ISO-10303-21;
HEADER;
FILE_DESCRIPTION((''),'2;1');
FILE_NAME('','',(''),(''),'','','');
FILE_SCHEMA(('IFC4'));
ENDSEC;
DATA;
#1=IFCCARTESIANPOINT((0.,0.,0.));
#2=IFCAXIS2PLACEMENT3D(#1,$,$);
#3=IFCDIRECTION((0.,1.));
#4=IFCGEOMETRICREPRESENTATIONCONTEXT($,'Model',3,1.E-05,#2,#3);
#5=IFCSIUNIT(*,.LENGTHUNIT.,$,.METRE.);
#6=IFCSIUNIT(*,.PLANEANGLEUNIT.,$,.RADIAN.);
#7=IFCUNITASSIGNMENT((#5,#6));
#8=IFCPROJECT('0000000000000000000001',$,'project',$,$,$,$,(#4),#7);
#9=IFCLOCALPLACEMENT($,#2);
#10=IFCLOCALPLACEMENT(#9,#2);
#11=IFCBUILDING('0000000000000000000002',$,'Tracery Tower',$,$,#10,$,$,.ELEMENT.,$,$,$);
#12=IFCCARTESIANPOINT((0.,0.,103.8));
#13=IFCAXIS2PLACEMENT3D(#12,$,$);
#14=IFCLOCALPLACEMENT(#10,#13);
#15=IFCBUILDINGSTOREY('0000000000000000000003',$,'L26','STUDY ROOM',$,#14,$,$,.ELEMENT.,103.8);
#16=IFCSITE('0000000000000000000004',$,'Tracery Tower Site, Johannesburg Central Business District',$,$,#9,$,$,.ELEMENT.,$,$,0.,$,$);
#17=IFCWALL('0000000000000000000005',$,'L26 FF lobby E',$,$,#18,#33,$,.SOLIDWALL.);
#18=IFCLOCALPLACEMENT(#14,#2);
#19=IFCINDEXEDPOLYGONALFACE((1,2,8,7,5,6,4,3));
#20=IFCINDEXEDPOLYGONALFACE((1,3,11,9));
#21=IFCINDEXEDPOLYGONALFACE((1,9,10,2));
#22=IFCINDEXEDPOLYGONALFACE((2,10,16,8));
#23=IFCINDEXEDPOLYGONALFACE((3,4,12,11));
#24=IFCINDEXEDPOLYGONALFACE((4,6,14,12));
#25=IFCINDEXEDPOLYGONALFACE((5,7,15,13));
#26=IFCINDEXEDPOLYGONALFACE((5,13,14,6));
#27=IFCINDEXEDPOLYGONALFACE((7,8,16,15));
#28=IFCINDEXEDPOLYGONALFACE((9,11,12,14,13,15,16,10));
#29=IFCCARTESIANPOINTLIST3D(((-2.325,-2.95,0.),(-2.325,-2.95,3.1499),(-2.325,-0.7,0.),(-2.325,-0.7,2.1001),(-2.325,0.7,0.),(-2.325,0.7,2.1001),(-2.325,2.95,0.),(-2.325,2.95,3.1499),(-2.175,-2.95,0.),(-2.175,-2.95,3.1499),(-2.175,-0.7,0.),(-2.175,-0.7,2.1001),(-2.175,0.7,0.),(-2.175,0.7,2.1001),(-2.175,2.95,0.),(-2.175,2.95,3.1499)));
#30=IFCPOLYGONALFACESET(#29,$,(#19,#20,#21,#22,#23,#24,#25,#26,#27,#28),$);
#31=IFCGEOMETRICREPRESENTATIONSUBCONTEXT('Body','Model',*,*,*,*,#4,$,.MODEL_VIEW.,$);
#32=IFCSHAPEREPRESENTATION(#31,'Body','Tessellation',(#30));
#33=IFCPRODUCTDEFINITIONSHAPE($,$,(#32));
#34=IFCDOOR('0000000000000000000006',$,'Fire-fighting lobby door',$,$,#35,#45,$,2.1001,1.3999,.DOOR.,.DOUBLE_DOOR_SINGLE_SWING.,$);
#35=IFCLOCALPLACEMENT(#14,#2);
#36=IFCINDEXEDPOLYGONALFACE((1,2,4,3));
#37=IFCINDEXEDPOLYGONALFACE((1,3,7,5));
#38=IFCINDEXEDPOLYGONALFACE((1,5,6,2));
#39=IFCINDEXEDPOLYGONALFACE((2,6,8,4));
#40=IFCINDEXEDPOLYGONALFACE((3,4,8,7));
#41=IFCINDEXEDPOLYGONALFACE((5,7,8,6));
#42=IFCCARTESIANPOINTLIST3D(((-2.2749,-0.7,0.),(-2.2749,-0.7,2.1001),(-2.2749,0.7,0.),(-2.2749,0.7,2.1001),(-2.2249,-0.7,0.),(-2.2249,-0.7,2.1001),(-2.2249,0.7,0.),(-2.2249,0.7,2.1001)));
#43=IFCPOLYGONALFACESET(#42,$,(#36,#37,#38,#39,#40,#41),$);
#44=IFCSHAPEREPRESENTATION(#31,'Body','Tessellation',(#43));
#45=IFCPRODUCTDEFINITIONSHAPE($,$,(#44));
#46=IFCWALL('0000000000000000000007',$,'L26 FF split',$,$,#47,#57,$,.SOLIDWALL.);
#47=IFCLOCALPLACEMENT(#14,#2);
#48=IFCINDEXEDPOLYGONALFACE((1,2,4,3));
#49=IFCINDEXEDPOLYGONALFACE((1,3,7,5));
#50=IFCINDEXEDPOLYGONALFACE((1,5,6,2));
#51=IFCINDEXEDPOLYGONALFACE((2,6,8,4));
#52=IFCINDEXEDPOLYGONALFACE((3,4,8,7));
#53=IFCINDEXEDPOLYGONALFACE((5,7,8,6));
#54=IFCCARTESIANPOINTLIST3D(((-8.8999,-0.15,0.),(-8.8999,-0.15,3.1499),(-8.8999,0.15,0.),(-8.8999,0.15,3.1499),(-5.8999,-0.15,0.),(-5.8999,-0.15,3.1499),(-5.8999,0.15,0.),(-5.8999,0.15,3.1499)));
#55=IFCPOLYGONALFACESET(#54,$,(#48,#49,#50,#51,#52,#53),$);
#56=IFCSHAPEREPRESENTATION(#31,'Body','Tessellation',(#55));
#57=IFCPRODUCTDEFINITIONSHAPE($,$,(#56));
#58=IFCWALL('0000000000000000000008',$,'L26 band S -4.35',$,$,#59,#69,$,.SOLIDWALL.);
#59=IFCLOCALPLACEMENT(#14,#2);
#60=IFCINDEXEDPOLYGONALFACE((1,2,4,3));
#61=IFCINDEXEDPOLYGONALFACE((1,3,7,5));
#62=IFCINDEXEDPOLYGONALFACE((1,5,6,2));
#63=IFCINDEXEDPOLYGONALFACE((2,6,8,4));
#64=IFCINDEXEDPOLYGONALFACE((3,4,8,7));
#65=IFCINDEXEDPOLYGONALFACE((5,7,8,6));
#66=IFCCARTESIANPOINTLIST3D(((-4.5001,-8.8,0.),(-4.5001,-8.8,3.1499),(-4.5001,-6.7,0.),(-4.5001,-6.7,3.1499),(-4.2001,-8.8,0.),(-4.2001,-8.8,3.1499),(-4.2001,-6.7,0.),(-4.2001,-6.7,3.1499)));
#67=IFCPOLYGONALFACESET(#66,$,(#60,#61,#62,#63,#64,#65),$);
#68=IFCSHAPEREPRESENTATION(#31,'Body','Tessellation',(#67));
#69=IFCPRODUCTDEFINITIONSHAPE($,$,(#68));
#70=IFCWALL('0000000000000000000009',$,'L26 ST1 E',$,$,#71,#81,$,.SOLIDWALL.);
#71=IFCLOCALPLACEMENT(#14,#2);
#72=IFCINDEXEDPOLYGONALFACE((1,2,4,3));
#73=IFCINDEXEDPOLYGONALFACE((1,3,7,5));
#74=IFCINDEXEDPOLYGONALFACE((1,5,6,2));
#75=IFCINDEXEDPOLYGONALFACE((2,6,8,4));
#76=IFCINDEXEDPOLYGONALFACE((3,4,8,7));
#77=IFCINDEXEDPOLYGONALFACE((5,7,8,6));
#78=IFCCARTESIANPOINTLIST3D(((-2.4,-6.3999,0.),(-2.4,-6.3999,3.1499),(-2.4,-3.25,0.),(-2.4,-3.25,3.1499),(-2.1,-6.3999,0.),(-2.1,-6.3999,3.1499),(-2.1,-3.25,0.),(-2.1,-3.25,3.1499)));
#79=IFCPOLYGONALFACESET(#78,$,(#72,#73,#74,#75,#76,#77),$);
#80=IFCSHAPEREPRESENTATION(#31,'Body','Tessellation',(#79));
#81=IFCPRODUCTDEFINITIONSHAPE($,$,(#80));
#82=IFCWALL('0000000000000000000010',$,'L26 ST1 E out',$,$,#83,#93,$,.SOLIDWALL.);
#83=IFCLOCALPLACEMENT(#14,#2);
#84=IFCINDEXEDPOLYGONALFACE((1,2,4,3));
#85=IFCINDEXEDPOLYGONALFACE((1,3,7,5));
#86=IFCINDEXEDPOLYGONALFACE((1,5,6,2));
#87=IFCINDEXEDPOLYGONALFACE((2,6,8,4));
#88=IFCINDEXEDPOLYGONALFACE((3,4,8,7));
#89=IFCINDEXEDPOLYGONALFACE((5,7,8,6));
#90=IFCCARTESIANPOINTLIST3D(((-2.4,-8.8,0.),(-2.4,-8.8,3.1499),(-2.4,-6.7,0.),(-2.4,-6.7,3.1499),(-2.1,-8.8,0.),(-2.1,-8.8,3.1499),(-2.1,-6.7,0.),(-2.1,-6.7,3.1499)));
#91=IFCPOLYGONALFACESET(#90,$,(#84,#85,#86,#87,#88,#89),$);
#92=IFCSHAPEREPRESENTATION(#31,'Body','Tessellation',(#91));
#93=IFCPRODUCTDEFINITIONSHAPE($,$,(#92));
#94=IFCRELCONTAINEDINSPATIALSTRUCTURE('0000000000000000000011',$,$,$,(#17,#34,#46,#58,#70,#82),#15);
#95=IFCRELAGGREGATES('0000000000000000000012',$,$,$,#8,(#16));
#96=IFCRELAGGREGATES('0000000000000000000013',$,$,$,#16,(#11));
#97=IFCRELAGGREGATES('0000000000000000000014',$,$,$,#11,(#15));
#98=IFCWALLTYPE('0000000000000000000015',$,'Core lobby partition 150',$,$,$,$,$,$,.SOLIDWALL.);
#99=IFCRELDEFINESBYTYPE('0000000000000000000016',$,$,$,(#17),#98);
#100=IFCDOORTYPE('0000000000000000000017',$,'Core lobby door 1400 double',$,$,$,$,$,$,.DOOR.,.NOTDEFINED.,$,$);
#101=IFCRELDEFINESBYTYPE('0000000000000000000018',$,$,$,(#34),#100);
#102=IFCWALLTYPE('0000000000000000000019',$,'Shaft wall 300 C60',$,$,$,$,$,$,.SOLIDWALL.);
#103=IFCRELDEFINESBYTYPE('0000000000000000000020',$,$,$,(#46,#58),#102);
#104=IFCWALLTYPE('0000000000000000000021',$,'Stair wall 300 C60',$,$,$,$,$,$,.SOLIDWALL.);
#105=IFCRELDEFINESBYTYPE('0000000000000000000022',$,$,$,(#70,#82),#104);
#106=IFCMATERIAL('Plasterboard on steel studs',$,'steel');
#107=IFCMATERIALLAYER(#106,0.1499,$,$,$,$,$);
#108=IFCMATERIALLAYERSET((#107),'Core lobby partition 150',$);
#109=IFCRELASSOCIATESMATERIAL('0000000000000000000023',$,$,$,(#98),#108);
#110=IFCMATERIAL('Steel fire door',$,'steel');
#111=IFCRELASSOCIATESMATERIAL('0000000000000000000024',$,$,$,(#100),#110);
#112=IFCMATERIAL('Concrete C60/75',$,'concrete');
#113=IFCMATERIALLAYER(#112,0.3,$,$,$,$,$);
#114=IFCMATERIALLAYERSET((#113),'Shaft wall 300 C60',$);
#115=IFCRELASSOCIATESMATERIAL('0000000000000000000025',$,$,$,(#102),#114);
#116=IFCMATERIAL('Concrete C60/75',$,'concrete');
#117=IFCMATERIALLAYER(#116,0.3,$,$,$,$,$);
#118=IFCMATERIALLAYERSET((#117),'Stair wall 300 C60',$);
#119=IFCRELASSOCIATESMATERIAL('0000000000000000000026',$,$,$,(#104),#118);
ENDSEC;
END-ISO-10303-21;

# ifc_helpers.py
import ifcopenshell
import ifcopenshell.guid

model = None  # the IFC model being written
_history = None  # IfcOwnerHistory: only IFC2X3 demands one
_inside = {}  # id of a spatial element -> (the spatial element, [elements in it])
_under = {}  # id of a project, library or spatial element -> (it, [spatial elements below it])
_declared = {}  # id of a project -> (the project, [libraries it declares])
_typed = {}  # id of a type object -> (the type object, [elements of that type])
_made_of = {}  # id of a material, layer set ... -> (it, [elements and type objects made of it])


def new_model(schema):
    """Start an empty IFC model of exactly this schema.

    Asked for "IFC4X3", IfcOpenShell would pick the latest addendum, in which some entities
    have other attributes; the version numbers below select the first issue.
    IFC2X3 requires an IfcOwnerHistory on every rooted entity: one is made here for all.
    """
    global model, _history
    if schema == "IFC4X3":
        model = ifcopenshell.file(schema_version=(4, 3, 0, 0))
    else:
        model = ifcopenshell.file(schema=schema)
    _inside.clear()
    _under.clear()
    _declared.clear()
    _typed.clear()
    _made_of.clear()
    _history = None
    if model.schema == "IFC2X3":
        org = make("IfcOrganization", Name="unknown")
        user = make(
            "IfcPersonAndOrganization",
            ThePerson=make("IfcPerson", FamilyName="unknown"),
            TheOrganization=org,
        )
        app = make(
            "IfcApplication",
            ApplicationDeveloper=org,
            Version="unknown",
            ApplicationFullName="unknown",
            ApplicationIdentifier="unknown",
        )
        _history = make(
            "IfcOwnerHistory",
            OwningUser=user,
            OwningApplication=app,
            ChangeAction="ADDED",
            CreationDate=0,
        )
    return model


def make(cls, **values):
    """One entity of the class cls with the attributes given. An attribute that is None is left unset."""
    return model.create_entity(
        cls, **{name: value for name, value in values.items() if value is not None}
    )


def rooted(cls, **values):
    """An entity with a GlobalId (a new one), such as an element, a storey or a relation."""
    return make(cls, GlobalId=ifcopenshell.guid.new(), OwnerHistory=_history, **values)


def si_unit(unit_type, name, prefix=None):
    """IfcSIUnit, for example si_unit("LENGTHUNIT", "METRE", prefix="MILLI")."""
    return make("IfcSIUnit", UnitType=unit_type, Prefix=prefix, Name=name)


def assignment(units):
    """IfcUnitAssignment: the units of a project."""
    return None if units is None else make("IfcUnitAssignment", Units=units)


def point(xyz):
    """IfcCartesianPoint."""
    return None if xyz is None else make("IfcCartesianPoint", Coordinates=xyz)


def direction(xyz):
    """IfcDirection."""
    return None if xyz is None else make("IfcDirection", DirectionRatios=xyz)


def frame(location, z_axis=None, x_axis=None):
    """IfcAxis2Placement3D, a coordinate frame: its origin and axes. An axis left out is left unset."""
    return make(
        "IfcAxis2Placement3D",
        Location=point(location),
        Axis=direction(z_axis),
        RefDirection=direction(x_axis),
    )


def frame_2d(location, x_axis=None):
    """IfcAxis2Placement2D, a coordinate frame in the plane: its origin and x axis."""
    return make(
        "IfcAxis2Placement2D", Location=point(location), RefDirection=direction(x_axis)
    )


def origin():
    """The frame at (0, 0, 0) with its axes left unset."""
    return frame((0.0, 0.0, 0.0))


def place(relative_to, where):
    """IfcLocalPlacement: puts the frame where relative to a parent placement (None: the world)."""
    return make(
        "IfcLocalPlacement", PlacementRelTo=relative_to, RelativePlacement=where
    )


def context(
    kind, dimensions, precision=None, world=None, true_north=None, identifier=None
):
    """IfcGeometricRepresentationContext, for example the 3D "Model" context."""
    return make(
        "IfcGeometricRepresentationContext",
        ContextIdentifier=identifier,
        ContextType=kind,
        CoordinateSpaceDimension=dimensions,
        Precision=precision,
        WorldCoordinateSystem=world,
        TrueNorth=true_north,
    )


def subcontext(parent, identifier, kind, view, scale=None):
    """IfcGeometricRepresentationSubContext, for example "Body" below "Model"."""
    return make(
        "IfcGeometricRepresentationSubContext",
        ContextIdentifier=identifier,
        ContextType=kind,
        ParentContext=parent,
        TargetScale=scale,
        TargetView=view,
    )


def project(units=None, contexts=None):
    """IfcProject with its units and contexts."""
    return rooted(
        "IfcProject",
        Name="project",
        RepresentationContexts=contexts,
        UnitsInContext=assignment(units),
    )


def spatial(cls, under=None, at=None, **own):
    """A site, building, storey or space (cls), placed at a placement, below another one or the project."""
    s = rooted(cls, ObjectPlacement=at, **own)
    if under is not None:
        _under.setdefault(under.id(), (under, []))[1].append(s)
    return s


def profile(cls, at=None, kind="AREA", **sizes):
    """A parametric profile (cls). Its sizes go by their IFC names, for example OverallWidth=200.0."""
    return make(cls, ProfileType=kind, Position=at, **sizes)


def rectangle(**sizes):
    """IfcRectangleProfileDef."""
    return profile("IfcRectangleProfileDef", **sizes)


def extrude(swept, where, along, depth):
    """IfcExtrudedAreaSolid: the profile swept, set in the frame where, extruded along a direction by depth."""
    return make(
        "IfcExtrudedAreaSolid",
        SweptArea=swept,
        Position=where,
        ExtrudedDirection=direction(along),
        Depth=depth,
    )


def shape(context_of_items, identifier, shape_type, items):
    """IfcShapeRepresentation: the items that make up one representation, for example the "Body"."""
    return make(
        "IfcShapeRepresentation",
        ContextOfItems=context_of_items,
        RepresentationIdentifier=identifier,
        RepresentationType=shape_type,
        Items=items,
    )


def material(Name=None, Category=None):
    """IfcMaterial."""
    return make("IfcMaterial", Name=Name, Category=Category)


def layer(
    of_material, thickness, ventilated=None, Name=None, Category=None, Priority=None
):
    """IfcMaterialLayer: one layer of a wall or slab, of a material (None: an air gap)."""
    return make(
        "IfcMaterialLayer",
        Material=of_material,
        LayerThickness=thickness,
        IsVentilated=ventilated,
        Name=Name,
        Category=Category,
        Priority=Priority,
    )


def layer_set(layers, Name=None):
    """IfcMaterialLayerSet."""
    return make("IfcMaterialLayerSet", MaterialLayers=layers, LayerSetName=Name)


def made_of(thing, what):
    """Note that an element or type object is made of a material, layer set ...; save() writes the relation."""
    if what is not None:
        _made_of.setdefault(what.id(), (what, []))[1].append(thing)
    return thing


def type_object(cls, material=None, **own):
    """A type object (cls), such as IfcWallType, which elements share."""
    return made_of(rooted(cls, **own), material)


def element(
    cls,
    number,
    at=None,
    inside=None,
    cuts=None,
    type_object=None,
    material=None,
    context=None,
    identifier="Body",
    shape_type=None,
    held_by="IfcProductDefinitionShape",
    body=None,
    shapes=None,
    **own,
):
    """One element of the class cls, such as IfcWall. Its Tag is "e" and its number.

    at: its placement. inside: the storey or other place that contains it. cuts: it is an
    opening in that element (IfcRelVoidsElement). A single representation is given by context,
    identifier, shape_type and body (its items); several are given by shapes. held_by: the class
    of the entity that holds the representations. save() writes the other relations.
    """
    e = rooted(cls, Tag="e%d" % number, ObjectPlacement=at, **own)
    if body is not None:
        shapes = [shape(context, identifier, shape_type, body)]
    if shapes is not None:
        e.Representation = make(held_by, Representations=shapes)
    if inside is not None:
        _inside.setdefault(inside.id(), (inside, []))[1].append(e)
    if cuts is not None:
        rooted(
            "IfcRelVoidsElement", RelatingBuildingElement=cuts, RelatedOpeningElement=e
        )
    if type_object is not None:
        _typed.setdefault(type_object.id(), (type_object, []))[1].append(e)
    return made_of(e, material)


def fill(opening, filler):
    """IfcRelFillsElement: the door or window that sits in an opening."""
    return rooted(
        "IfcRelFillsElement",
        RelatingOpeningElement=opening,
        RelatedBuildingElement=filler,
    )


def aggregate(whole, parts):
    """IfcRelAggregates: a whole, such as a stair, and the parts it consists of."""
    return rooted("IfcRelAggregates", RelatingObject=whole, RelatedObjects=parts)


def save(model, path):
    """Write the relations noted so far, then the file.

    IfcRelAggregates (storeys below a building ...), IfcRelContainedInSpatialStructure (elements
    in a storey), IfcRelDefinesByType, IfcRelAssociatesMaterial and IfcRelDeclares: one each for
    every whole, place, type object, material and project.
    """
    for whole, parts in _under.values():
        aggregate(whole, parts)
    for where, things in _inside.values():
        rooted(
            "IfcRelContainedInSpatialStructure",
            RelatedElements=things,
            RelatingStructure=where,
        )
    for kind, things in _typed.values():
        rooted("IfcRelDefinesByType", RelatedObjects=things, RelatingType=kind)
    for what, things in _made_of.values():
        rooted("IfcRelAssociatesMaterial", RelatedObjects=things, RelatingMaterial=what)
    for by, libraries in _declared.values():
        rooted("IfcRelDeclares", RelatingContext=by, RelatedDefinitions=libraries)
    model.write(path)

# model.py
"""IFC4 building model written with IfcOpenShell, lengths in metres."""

from ifc_helpers import new_model, si_unit, direction, frame, frame_2d, origin, place, context, subcontext, project, spatial, rectangle, extrude, material, layer, layer_set, type_object, element, fill, save


model = new_model("IFC4")

# Units and contexts
model_context = context("Model", 3, precision=1e-05, world=origin(), true_north=direction((0.0, 1.0)))
body_context = subcontext(model_context, "Body", "Model", "MODEL_VIEW")
ifc_project = project(units=[si_unit("LENGTHUNIT", "METRE"), si_unit("PLANEANGLEUNIT", "RADIAN")], contexts=[model_context])

# Site, building, storey
site_placement = place(None, origin())
site = spatial("IfcSite", under=ifc_project, at=site_placement, Name="Tracery Tower Site, Johannesburg Central Business District", CompositionType="ELEMENT", RefElevation=0.0)
building_placement = place(site_placement, origin())
building = spatial("IfcBuilding", under=site, at=building_placement, Name="Tracery Tower", CompositionType="ELEMENT")
storey_placement = place(building_placement, frame((0.0, 0.0, 103.8)))
storey = spatial("IfcBuildingStorey", under=building, at=storey_placement, Name="L26", Description="STUDY ROOM", CompositionType="ELEMENT", Elevation=103.8)

# Wall, opening, door
ifc_material_1 = material(Name="Plasterboard on steel studs", Category="steel")
ifc_layer_1 = layer(ifc_material_1, 0.1499)
ifc_layer_set_1 = layer_set([ifc_layer_1], Name="Core lobby partition 150")
wall_type_1 = type_object("IfcWallType", Name="Core lobby partition 150", PredefinedType="SOLIDWALL", material=ifc_layer_set_1)
wall_1_placement = place(storey_placement, frame((-2.25, -2.95, 0.0), z_axis=(0.0, 0.0, 1.0), x_axis=(0.0, 1.0, 0.0)))
wall_1 = element("IfcWall", 1, at=wall_1_placement, inside=storey, type_object=wall_type_1, Name="L26 FF lobby E", PredefinedType="SOLIDWALL", context=body_context, shape_type="SweptSolid", body=[
    extrude(rectangle(XDim=5.8999, YDim=0.1499, at=frame_2d((2.95, 0.0))), origin(), (0.0, 0.0, 1.0), 3.1499),
])
opening_1_placement = place(wall_1_placement, frame((2.25, 0.0, 0.0)))
opening_1 = element("IfcOpeningElement", 2, at=opening_1_placement, cuts=wall_1, PredefinedType="OPENING", context=body_context, shape_type="SweptSolid", body=[
    extrude(rectangle(XDim=1.3999, YDim=2.1001, at=frame_2d((0.7, 1.05))), frame((0.0, 0.075, 0.0), z_axis=(0.0, -1.0, 0.0), x_axis=(1.0, 0.0, 0.0)), (0.0, 0.0, 1.0), 0.1499),
])
ifc_material_2 = material(Name="Steel fire door", Category="steel")
door_type_1 = type_object("IfcDoorType", Name="Core lobby door 1400 double", OperationType="NOTDEFINED", PredefinedType="DOOR", material=ifc_material_2)
door_1_placement = place(opening_1_placement, origin())
door_1 = element("IfcDoor", 3, at=door_1_placement, inside=storey, type_object=door_type_1, Name="Fire-fighting lobby door", OperationType="DOUBLE_DOOR_SINGLE_SWING", OverallHeight=2.1001, OverallWidth=1.3999, PredefinedType="DOOR", context=body_context, shape_type="SweptSolid", body=[
    extrude(rectangle(XDim=1.3999, YDim=2.1001, at=frame_2d((0.7, 1.05))), frame((0.0, 0.0249, 0.0), z_axis=(0.0, -1.0, 0.0), x_axis=(1.0, 0.0, 0.0)), (0.0, 0.0, 1.0), 0.05),
])
fill(opening_1, door_1)

# Wall
ifc_material_3 = material(Name="Concrete C60/75", Category="concrete")
ifc_layer_2 = layer(ifc_material_3, 0.3)
ifc_layer_set_2 = layer_set([ifc_layer_2], Name="Shaft wall 300 C60")
wall_type_2 = type_object("IfcWallType", Name="Shaft wall 300 C60", PredefinedType="SOLIDWALL", material=ifc_layer_set_2)
wall_2_placement = place(storey_placement, frame((-8.8999, 0.0, 0.0), z_axis=(0.0, 0.0, 1.0), x_axis=(1.0, 0.0, 0.0)))
element("IfcWall", 4, at=wall_2_placement, inside=storey, type_object=wall_type_2, Name="L26 FF split", PredefinedType="SOLIDWALL", context=body_context, shape_type="SweptSolid", body=[
    extrude(rectangle(XDim=3.0, YDim=0.3, at=frame_2d((1.5, 0.0))), origin(), (0.0, 0.0, 1.0), 3.1499),
])

# Wall
wall_3_placement = place(storey_placement, frame((-4.3501, -8.8, 0.0), z_axis=(0.0, 0.0, 1.0), x_axis=(0.0, 1.0, 0.0)))
element("IfcWall", 5, at=wall_3_placement, inside=storey, type_object=wall_type_2, Name="L26 band S -4.35", PredefinedType="SOLIDWALL", context=body_context, shape_type="SweptSolid", body=[
    extrude(rectangle(XDim=2.1001, YDim=0.3, at=frame_2d((1.05, 0.0))), origin(), (0.0, 0.0, 1.0), 3.1499),
])

# Shared definitions
ifc_material_4 = material(Name="Concrete C60/75", Category="concrete")
ifc_layer_3 = layer(ifc_material_4, 0.3)
ifc_layer_set_3 = layer_set([ifc_layer_3], Name="Stair wall 300 C60")
wall_type_3 = type_object("IfcWallType", Name="Stair wall 300 C60", PredefinedType="SOLIDWALL", material=ifc_layer_set_3)

# Walls
wall_4_placement = place(storey_placement, frame((-2.25, -6.3999, 0.0), z_axis=(0.0, 0.0, 1.0), x_axis=(0.0, 1.0, 0.0)))
element("IfcWall", 6, at=wall_4_placement, inside=storey, type_object=wall_type_3, Name="L26 ST1 E", PredefinedType="SOLIDWALL", context=body_context, shape_type="SweptSolid", body=[
    extrude(rectangle(XDim=3.1499, YDim=0.3, at=frame_2d((1.575, 0.0))), origin(), (0.0, 0.0, 1.0), 3.1499),
])
wall_5_placement = place(storey_placement, frame((-2.25, -8.8, 0.0), z_axis=(0.0, 0.0, 1.0), x_axis=(0.0, 1.0, 0.0)))
element("IfcWall", 7, at=wall_5_placement, inside=storey, type_object=wall_type_3, Name="L26 ST1 E out", PredefinedType="SOLIDWALL", context=body_context, shape_type="SweptSolid", body=[
    extrude(rectangle(XDim=2.1001, YDim=0.3, at=frame_2d((1.05, 0.0))), origin(), (0.0, 0.0, 1.0), 3.1499),
])

save(model, "model.ifc")
